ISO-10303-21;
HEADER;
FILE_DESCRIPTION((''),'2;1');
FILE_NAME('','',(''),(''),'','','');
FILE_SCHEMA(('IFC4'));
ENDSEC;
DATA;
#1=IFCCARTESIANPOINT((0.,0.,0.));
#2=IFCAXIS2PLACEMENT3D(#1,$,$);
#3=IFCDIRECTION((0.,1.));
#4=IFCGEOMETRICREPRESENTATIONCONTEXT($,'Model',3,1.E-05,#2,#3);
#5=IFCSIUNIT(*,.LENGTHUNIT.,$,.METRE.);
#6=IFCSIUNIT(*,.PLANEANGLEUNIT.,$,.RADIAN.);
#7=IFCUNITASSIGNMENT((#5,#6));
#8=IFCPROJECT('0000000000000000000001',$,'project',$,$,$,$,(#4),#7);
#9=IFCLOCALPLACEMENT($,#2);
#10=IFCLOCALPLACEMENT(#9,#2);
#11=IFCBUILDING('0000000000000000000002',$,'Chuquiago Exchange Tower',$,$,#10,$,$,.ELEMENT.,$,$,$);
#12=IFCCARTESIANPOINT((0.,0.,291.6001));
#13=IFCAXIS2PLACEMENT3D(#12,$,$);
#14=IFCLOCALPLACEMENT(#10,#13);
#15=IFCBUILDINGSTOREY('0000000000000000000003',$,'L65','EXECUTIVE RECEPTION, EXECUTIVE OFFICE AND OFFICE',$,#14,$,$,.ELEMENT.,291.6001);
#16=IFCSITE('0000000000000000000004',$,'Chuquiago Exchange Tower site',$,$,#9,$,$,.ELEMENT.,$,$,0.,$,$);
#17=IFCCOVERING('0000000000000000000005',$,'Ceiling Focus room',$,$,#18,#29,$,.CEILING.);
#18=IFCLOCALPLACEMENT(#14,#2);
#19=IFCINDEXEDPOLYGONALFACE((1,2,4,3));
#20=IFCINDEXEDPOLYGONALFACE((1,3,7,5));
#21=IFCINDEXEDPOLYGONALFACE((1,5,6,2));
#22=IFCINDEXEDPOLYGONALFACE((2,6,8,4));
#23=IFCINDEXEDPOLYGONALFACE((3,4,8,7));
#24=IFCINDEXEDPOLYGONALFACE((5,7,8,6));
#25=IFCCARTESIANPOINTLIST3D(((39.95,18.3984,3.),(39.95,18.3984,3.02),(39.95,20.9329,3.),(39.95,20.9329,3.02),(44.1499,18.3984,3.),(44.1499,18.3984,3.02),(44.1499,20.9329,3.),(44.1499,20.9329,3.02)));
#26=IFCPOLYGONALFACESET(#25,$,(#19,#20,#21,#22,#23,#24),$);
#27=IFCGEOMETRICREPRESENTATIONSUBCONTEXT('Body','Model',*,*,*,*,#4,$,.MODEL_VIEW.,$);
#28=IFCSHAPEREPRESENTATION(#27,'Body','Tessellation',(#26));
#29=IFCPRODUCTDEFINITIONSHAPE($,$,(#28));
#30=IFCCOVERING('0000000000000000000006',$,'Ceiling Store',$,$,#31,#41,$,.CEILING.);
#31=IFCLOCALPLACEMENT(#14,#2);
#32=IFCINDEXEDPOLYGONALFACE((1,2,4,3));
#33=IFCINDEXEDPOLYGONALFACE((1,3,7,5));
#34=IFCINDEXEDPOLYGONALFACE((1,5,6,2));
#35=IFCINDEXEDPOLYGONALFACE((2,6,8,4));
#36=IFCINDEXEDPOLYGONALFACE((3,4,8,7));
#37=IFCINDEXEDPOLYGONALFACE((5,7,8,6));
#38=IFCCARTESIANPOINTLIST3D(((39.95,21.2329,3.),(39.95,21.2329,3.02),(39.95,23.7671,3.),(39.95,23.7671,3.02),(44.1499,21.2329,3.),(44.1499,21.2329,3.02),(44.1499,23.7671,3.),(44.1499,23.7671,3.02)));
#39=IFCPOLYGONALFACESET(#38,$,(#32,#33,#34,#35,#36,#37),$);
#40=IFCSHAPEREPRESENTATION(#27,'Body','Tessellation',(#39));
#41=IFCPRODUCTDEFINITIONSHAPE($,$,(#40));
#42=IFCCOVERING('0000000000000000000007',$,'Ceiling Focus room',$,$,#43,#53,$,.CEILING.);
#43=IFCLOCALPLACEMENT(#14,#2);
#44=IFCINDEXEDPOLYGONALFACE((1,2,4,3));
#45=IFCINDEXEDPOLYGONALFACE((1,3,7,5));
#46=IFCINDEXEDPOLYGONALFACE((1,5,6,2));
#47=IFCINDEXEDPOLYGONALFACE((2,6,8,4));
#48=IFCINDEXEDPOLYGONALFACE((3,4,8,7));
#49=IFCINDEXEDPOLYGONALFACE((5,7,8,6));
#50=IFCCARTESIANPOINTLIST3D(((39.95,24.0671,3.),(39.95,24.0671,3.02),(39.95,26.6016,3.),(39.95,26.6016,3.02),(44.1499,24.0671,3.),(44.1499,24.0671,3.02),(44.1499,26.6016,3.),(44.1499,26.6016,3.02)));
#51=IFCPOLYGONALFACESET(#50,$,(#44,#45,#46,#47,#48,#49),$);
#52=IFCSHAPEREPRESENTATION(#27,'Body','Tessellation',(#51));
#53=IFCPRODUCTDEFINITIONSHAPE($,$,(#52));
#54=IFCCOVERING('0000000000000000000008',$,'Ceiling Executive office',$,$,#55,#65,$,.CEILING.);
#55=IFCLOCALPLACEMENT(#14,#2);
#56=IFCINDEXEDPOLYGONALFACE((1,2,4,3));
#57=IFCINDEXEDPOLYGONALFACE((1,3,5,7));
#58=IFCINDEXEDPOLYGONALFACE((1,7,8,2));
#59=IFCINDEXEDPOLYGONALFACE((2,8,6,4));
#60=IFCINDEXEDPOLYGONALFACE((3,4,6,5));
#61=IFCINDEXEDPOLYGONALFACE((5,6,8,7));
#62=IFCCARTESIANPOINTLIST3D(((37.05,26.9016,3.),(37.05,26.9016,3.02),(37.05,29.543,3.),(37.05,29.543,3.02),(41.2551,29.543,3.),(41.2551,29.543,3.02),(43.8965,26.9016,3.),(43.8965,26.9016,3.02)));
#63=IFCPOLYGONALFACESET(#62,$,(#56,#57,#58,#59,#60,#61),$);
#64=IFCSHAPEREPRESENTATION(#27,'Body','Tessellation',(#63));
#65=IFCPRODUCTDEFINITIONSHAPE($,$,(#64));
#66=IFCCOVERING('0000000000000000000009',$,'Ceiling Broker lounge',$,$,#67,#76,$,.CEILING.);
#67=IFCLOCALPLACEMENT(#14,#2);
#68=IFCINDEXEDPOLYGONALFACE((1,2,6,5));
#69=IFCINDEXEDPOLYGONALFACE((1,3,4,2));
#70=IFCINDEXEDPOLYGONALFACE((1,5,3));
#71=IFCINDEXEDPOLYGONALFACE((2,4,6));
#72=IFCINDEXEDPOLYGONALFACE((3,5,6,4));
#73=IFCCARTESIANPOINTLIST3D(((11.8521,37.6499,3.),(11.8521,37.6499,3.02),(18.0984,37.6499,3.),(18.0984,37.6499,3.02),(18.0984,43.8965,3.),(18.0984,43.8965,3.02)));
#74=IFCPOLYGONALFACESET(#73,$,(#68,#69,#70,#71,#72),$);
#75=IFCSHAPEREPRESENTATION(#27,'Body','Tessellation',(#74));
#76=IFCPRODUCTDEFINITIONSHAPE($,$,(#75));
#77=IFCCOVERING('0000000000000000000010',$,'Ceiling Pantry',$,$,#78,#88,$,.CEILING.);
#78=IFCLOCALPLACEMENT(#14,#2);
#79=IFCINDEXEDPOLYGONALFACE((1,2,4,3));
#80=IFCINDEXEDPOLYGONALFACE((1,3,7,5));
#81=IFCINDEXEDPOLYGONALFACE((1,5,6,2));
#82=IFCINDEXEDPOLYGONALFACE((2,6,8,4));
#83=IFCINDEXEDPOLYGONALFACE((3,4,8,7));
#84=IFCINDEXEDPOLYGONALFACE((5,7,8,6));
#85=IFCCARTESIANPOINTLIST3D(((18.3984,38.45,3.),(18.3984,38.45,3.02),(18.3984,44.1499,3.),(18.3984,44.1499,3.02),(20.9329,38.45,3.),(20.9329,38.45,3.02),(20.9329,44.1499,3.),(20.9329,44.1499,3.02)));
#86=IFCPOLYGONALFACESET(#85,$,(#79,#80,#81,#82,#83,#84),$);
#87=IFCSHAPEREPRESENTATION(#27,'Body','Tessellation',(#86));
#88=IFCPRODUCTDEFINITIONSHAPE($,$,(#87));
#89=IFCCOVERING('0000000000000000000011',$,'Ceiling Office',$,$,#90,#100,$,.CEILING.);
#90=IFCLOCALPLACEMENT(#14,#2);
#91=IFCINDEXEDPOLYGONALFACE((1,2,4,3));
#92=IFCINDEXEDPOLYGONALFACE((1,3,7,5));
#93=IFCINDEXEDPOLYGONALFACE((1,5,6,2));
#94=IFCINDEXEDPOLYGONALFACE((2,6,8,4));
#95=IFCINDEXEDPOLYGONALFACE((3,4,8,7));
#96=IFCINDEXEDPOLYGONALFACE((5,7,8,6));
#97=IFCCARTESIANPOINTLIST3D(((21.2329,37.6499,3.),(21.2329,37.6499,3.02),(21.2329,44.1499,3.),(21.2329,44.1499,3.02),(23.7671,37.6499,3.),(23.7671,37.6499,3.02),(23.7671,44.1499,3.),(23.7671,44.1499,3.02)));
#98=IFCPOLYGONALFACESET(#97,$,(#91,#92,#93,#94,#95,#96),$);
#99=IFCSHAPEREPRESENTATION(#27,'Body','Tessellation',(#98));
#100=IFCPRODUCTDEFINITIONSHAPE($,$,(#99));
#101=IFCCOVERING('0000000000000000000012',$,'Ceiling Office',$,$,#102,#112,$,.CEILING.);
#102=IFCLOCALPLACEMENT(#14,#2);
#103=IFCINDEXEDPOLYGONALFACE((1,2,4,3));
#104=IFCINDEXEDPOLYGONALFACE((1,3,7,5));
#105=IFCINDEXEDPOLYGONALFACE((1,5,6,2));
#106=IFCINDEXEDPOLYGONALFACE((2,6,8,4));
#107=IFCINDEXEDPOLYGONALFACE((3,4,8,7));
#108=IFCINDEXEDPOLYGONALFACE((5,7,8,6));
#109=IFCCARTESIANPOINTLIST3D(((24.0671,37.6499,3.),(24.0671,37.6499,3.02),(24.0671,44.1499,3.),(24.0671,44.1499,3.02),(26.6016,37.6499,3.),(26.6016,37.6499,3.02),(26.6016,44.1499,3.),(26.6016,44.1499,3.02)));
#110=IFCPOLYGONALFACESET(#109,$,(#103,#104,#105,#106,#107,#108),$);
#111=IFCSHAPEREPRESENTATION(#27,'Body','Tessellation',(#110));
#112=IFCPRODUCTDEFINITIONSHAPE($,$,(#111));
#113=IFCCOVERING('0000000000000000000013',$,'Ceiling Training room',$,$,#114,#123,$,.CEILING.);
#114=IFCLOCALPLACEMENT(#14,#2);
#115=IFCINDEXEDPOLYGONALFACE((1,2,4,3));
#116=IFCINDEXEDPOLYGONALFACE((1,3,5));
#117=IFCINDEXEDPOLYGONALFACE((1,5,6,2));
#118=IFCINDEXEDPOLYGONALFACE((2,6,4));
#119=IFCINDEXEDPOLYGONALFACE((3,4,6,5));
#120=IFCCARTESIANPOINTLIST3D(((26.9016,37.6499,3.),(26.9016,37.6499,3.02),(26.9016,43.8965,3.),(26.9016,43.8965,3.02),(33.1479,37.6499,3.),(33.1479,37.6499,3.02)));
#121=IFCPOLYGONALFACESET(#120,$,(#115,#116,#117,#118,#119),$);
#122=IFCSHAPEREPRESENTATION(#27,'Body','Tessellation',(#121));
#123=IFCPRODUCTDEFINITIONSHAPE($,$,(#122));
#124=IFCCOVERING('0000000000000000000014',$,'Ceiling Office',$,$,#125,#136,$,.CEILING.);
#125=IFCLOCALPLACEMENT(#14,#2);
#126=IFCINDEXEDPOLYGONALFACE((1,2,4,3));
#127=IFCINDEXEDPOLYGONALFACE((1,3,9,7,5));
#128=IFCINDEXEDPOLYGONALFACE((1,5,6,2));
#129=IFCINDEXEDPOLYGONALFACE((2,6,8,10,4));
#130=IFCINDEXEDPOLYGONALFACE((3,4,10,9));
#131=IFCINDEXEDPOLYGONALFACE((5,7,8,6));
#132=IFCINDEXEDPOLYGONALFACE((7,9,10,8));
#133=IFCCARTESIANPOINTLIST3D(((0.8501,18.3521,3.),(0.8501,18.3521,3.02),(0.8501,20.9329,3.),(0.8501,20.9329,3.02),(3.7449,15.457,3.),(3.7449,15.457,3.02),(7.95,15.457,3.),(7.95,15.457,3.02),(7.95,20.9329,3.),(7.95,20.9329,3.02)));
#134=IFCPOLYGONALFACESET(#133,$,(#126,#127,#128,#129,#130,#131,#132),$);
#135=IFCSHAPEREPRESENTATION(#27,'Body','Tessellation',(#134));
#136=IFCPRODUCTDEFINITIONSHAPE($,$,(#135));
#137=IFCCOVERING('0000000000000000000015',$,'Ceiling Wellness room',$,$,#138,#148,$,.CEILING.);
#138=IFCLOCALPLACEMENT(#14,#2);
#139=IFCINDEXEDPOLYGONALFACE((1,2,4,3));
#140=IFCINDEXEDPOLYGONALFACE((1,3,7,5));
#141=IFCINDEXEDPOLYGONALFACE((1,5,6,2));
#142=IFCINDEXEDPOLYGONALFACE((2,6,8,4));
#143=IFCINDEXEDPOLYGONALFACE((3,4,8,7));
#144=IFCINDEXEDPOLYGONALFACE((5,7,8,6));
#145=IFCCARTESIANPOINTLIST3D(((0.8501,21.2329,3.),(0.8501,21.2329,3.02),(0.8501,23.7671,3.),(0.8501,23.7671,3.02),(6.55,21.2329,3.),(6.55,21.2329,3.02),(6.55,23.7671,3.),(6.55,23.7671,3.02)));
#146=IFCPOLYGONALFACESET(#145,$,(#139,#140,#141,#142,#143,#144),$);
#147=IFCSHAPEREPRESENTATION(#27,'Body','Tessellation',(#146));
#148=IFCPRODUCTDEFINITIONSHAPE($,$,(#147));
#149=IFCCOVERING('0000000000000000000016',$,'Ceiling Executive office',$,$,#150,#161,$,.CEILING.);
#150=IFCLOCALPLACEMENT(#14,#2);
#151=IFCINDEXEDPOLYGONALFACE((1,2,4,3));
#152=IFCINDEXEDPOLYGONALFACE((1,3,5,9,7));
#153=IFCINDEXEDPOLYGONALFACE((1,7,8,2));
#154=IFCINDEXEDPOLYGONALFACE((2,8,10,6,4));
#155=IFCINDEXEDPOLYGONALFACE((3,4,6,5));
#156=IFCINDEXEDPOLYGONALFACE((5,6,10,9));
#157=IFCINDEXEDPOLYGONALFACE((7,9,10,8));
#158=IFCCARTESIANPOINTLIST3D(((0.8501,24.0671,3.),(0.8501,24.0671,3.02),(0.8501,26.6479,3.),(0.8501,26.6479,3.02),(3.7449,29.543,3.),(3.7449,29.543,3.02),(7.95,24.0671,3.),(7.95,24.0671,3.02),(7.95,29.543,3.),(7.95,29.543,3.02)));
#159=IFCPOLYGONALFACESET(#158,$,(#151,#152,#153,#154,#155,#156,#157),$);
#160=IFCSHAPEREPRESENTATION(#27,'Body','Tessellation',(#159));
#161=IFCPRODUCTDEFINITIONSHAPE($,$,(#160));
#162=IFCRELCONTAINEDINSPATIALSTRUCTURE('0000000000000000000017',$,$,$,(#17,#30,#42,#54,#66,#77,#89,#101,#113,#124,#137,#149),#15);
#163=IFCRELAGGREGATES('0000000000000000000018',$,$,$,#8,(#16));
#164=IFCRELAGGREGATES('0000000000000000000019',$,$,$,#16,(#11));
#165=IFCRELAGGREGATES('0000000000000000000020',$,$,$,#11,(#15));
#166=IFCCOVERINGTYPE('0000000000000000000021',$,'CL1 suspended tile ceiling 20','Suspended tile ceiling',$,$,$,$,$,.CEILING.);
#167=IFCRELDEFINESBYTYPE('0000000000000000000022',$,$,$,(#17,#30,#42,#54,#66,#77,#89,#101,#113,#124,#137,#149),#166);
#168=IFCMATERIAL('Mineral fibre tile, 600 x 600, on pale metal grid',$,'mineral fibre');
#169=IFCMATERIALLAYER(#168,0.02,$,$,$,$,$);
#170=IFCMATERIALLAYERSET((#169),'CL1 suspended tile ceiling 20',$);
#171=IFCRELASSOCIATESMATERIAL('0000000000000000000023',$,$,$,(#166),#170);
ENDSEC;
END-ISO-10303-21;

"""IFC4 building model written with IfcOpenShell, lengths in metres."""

from ifc_helpers import new_model, si_unit, direction, frame, origin, place, context, subcontext, project, spatial, polyline, outline, extrude, material, layer, layer_set, type_object, element, save


model = new_model("IFC4")

# Units and contexts
model_context = context("Model", 3, precision=1e-05, world=origin(), true_north=direction((0.0, 1.0)))
body_context = subcontext(model_context, "Body", "Model", "MODEL_VIEW")
ifc_project = project(units=[si_unit("LENGTHUNIT", "METRE"), si_unit("PLANEANGLEUNIT", "RADIAN")], contexts=[model_context])

# Site, building, storey
site_placement = place(None, origin())
site = spatial("IfcSite", under=ifc_project, at=site_placement, Name="Chuquiago Exchange Tower site", CompositionType="ELEMENT", RefElevation=0.0)
building_placement = place(site_placement, origin())
building = spatial("IfcBuilding", under=site, at=building_placement, Name="Chuquiago Exchange Tower", CompositionType="ELEMENT")
storey_placement = place(building_placement, frame((0.0, 0.0, 291.6001)))
storey = spatial("IfcBuildingStorey", under=building, at=storey_placement, Name="L65", Description="EXECUTIVE RECEPTION, EXECUTIVE OFFICE AND OFFICE", CompositionType="ELEMENT", Elevation=291.6001)

# Coverings
ifc_material_1 = material(Name="Mineral fibre tile, 600 x 600, on pale metal grid", Category="mineral fibre")
ifc_layer_1 = layer(ifc_material_1, 0.02)
ifc_layer_set_1 = layer_set([ifc_layer_1], Name="CL1 suspended tile ceiling 20")
covering_type_1 = type_object("IfcCoveringType", Name="CL1 suspended tile ceiling 20", Description="Suspended tile ceiling", PredefinedType="CEILING", material=ifc_layer_set_1)
covering_1_placement = place(storey_placement, frame((0.0, 0.0, 3.0)))
element("IfcCovering", 1, at=covering_1_placement, inside=storey, type_object=covering_type_1, Name="Ceiling Focus room", PredefinedType="CEILING", context=body_context, shape_type="SweptSolid", body=[
    extrude(outline(polyline([(39.95, 18.3984), (39.95, 20.9329), (44.1499, 20.9329), (44.1499, 18.3984), (39.95, 18.3984)])), origin(), (0.0, 0.0, 1.0), 0.02),
])
covering_2_placement = place(storey_placement, frame((0.0, 0.0, 3.0)))
element("IfcCovering", 2, at=covering_2_placement, inside=storey, type_object=covering_type_1, Name="Ceiling Store", PredefinedType="CEILING", context=body_context, shape_type="SweptSolid", body=[
    extrude(outline(polyline([(39.95, 21.2329), (39.95, 23.7671), (44.1499, 23.7671), (44.1499, 21.2329), (39.95, 21.2329)])), origin(), (0.0, 0.0, 1.0), 0.02),
])
covering_3_placement = place(storey_placement, frame((0.0, 0.0, 3.0)))
element("IfcCovering", 3, at=covering_3_placement, inside=storey, type_object=covering_type_1, Name="Ceiling Focus room", PredefinedType="CEILING", context=body_context, shape_type="SweptSolid", body=[
    extrude(outline(polyline([(44.1499, 24.0671), (39.95, 24.0671), (39.95, 26.6016), (44.1499, 26.6016), (44.1499, 24.0671)])), origin(), (0.0, 0.0, 1.0), 0.02),
])
covering_4_placement = place(storey_placement, frame((0.0, 0.0, 3.0)))
element("IfcCovering", 4, at=covering_4_placement, inside=storey, type_object=covering_type_1, Name="Ceiling Executive office", PredefinedType="CEILING", context=body_context, shape_type="SweptSolid", body=[
    extrude(outline(polyline([(37.05, 26.9016), (37.05, 29.543), (41.2551, 29.543), (43.8965, 26.9016), (37.05, 26.9016)])), origin(), (0.0, 0.0, 1.0), 0.02),
])
covering_5_placement = place(storey_placement, frame((0.0, 0.0, 3.0)))
element("IfcCovering", 5, at=covering_5_placement, inside=storey, type_object=covering_type_1, Name="Ceiling Broker lounge", PredefinedType="CEILING", context=body_context, shape_type="SweptSolid", body=[
    extrude(outline(polyline([(18.0984, 37.6499), (11.8521, 37.6499), (18.0984, 43.8965), (18.0984, 37.6499)])), origin(), (0.0, 0.0, 1.0), 0.02),
])
covering_6_placement = place(storey_placement, frame((0.0, 0.0, 3.0)))
element("IfcCovering", 6, at=covering_6_placement, inside=storey, type_object=covering_type_1, Name="Ceiling Pantry", PredefinedType="CEILING", context=body_context, shape_type="SweptSolid", body=[
    extrude(outline(polyline([(20.9329, 44.1499), (20.9329, 38.45), (18.3984, 38.45), (18.3984, 44.1499), (20.9329, 44.1499)])), origin(), (0.0, 0.0, 1.0), 0.02),
])
covering_7_placement = place(storey_placement, frame((0.0, 0.0, 3.0)))
element("IfcCovering", 7, at=covering_7_placement, inside=storey, type_object=covering_type_1, Name="Ceiling Office", PredefinedType="CEILING", context=body_context, shape_type="SweptSolid", body=[
    extrude(outline(polyline([(23.7671, 37.6499), (21.2329, 37.6499), (21.2329, 44.1499), (23.7671, 44.1499), (23.7671, 37.6499)])), origin(), (0.0, 0.0, 1.0), 0.02),
])
covering_8_placement = place(storey_placement, frame((0.0, 0.0, 3.0)))
element("IfcCovering", 8, at=covering_8_placement, inside=storey, type_object=covering_type_1, Name="Ceiling Office", PredefinedType="CEILING", context=body_context, shape_type="SweptSolid", body=[
    extrude(outline(polyline([(26.6016, 37.6499), (24.0671, 37.6499), (24.0671, 44.1499), (26.6016, 44.1499), (26.6016, 37.6499)])), origin(), (0.0, 0.0, 1.0), 0.02),
])
covering_9_placement = place(storey_placement, frame((0.0, 0.0, 3.0)))
element("IfcCovering", 9, at=covering_9_placement, inside=storey, type_object=covering_type_1, Name="Ceiling Training room", PredefinedType="CEILING", context=body_context, shape_type="SweptSolid", body=[
    extrude(outline(polyline([(26.9016, 37.6499), (26.9016, 43.8965), (33.1479, 37.6499), (26.9016, 37.6499)])), origin(), (0.0, 0.0, 1.0), 0.02),
])
covering_10_placement = place(storey_placement, frame((0.0, 0.0, 3.0)))
element("IfcCovering", 10, at=covering_10_placement, inside=storey, type_object=covering_type_1, Name="Ceiling Office", PredefinedType="CEILING", context=body_context, shape_type="SweptSolid", body=[
    extrude(outline(polyline([(7.95, 20.9329), (7.95, 15.457), (3.7449, 15.457), (0.8501, 18.3521), (0.8501, 20.9329), (7.95, 20.9329)])), origin(), (0.0, 0.0, 1.0), 0.02),
])
covering_11_placement = place(storey_placement, frame((0.0, 0.0, 3.0)))
element("IfcCovering", 11, at=covering_11_placement, inside=storey, type_object=covering_type_1, Name="Ceiling Wellness room", PredefinedType="CEILING", context=body_context, shape_type="SweptSolid", body=[
    extrude(outline(polyline([(6.55, 23.7671), (6.55, 21.2329), (0.8501, 21.2329), (0.8501, 23.7671), (6.55, 23.7671)])), origin(), (0.0, 0.0, 1.0), 0.02),
])
covering_12_placement = place(storey_placement, frame((0.0, 0.0, 3.0)))
element("IfcCovering", 12, at=covering_12_placement, inside=storey, type_object=covering_type_1, Name="Ceiling Executive office", PredefinedType="CEILING", context=body_context, shape_type="SweptSolid", body=[
    extrude(outline(polyline([(3.7449, 29.543), (7.95, 29.543), (7.95, 24.0671), (0.8501, 24.0671), (0.8501, 26.6479), (3.7449, 29.543)])), origin(), (0.0, 0.0, 1.0), 0.02),
])

save(model, "model.ifc")
